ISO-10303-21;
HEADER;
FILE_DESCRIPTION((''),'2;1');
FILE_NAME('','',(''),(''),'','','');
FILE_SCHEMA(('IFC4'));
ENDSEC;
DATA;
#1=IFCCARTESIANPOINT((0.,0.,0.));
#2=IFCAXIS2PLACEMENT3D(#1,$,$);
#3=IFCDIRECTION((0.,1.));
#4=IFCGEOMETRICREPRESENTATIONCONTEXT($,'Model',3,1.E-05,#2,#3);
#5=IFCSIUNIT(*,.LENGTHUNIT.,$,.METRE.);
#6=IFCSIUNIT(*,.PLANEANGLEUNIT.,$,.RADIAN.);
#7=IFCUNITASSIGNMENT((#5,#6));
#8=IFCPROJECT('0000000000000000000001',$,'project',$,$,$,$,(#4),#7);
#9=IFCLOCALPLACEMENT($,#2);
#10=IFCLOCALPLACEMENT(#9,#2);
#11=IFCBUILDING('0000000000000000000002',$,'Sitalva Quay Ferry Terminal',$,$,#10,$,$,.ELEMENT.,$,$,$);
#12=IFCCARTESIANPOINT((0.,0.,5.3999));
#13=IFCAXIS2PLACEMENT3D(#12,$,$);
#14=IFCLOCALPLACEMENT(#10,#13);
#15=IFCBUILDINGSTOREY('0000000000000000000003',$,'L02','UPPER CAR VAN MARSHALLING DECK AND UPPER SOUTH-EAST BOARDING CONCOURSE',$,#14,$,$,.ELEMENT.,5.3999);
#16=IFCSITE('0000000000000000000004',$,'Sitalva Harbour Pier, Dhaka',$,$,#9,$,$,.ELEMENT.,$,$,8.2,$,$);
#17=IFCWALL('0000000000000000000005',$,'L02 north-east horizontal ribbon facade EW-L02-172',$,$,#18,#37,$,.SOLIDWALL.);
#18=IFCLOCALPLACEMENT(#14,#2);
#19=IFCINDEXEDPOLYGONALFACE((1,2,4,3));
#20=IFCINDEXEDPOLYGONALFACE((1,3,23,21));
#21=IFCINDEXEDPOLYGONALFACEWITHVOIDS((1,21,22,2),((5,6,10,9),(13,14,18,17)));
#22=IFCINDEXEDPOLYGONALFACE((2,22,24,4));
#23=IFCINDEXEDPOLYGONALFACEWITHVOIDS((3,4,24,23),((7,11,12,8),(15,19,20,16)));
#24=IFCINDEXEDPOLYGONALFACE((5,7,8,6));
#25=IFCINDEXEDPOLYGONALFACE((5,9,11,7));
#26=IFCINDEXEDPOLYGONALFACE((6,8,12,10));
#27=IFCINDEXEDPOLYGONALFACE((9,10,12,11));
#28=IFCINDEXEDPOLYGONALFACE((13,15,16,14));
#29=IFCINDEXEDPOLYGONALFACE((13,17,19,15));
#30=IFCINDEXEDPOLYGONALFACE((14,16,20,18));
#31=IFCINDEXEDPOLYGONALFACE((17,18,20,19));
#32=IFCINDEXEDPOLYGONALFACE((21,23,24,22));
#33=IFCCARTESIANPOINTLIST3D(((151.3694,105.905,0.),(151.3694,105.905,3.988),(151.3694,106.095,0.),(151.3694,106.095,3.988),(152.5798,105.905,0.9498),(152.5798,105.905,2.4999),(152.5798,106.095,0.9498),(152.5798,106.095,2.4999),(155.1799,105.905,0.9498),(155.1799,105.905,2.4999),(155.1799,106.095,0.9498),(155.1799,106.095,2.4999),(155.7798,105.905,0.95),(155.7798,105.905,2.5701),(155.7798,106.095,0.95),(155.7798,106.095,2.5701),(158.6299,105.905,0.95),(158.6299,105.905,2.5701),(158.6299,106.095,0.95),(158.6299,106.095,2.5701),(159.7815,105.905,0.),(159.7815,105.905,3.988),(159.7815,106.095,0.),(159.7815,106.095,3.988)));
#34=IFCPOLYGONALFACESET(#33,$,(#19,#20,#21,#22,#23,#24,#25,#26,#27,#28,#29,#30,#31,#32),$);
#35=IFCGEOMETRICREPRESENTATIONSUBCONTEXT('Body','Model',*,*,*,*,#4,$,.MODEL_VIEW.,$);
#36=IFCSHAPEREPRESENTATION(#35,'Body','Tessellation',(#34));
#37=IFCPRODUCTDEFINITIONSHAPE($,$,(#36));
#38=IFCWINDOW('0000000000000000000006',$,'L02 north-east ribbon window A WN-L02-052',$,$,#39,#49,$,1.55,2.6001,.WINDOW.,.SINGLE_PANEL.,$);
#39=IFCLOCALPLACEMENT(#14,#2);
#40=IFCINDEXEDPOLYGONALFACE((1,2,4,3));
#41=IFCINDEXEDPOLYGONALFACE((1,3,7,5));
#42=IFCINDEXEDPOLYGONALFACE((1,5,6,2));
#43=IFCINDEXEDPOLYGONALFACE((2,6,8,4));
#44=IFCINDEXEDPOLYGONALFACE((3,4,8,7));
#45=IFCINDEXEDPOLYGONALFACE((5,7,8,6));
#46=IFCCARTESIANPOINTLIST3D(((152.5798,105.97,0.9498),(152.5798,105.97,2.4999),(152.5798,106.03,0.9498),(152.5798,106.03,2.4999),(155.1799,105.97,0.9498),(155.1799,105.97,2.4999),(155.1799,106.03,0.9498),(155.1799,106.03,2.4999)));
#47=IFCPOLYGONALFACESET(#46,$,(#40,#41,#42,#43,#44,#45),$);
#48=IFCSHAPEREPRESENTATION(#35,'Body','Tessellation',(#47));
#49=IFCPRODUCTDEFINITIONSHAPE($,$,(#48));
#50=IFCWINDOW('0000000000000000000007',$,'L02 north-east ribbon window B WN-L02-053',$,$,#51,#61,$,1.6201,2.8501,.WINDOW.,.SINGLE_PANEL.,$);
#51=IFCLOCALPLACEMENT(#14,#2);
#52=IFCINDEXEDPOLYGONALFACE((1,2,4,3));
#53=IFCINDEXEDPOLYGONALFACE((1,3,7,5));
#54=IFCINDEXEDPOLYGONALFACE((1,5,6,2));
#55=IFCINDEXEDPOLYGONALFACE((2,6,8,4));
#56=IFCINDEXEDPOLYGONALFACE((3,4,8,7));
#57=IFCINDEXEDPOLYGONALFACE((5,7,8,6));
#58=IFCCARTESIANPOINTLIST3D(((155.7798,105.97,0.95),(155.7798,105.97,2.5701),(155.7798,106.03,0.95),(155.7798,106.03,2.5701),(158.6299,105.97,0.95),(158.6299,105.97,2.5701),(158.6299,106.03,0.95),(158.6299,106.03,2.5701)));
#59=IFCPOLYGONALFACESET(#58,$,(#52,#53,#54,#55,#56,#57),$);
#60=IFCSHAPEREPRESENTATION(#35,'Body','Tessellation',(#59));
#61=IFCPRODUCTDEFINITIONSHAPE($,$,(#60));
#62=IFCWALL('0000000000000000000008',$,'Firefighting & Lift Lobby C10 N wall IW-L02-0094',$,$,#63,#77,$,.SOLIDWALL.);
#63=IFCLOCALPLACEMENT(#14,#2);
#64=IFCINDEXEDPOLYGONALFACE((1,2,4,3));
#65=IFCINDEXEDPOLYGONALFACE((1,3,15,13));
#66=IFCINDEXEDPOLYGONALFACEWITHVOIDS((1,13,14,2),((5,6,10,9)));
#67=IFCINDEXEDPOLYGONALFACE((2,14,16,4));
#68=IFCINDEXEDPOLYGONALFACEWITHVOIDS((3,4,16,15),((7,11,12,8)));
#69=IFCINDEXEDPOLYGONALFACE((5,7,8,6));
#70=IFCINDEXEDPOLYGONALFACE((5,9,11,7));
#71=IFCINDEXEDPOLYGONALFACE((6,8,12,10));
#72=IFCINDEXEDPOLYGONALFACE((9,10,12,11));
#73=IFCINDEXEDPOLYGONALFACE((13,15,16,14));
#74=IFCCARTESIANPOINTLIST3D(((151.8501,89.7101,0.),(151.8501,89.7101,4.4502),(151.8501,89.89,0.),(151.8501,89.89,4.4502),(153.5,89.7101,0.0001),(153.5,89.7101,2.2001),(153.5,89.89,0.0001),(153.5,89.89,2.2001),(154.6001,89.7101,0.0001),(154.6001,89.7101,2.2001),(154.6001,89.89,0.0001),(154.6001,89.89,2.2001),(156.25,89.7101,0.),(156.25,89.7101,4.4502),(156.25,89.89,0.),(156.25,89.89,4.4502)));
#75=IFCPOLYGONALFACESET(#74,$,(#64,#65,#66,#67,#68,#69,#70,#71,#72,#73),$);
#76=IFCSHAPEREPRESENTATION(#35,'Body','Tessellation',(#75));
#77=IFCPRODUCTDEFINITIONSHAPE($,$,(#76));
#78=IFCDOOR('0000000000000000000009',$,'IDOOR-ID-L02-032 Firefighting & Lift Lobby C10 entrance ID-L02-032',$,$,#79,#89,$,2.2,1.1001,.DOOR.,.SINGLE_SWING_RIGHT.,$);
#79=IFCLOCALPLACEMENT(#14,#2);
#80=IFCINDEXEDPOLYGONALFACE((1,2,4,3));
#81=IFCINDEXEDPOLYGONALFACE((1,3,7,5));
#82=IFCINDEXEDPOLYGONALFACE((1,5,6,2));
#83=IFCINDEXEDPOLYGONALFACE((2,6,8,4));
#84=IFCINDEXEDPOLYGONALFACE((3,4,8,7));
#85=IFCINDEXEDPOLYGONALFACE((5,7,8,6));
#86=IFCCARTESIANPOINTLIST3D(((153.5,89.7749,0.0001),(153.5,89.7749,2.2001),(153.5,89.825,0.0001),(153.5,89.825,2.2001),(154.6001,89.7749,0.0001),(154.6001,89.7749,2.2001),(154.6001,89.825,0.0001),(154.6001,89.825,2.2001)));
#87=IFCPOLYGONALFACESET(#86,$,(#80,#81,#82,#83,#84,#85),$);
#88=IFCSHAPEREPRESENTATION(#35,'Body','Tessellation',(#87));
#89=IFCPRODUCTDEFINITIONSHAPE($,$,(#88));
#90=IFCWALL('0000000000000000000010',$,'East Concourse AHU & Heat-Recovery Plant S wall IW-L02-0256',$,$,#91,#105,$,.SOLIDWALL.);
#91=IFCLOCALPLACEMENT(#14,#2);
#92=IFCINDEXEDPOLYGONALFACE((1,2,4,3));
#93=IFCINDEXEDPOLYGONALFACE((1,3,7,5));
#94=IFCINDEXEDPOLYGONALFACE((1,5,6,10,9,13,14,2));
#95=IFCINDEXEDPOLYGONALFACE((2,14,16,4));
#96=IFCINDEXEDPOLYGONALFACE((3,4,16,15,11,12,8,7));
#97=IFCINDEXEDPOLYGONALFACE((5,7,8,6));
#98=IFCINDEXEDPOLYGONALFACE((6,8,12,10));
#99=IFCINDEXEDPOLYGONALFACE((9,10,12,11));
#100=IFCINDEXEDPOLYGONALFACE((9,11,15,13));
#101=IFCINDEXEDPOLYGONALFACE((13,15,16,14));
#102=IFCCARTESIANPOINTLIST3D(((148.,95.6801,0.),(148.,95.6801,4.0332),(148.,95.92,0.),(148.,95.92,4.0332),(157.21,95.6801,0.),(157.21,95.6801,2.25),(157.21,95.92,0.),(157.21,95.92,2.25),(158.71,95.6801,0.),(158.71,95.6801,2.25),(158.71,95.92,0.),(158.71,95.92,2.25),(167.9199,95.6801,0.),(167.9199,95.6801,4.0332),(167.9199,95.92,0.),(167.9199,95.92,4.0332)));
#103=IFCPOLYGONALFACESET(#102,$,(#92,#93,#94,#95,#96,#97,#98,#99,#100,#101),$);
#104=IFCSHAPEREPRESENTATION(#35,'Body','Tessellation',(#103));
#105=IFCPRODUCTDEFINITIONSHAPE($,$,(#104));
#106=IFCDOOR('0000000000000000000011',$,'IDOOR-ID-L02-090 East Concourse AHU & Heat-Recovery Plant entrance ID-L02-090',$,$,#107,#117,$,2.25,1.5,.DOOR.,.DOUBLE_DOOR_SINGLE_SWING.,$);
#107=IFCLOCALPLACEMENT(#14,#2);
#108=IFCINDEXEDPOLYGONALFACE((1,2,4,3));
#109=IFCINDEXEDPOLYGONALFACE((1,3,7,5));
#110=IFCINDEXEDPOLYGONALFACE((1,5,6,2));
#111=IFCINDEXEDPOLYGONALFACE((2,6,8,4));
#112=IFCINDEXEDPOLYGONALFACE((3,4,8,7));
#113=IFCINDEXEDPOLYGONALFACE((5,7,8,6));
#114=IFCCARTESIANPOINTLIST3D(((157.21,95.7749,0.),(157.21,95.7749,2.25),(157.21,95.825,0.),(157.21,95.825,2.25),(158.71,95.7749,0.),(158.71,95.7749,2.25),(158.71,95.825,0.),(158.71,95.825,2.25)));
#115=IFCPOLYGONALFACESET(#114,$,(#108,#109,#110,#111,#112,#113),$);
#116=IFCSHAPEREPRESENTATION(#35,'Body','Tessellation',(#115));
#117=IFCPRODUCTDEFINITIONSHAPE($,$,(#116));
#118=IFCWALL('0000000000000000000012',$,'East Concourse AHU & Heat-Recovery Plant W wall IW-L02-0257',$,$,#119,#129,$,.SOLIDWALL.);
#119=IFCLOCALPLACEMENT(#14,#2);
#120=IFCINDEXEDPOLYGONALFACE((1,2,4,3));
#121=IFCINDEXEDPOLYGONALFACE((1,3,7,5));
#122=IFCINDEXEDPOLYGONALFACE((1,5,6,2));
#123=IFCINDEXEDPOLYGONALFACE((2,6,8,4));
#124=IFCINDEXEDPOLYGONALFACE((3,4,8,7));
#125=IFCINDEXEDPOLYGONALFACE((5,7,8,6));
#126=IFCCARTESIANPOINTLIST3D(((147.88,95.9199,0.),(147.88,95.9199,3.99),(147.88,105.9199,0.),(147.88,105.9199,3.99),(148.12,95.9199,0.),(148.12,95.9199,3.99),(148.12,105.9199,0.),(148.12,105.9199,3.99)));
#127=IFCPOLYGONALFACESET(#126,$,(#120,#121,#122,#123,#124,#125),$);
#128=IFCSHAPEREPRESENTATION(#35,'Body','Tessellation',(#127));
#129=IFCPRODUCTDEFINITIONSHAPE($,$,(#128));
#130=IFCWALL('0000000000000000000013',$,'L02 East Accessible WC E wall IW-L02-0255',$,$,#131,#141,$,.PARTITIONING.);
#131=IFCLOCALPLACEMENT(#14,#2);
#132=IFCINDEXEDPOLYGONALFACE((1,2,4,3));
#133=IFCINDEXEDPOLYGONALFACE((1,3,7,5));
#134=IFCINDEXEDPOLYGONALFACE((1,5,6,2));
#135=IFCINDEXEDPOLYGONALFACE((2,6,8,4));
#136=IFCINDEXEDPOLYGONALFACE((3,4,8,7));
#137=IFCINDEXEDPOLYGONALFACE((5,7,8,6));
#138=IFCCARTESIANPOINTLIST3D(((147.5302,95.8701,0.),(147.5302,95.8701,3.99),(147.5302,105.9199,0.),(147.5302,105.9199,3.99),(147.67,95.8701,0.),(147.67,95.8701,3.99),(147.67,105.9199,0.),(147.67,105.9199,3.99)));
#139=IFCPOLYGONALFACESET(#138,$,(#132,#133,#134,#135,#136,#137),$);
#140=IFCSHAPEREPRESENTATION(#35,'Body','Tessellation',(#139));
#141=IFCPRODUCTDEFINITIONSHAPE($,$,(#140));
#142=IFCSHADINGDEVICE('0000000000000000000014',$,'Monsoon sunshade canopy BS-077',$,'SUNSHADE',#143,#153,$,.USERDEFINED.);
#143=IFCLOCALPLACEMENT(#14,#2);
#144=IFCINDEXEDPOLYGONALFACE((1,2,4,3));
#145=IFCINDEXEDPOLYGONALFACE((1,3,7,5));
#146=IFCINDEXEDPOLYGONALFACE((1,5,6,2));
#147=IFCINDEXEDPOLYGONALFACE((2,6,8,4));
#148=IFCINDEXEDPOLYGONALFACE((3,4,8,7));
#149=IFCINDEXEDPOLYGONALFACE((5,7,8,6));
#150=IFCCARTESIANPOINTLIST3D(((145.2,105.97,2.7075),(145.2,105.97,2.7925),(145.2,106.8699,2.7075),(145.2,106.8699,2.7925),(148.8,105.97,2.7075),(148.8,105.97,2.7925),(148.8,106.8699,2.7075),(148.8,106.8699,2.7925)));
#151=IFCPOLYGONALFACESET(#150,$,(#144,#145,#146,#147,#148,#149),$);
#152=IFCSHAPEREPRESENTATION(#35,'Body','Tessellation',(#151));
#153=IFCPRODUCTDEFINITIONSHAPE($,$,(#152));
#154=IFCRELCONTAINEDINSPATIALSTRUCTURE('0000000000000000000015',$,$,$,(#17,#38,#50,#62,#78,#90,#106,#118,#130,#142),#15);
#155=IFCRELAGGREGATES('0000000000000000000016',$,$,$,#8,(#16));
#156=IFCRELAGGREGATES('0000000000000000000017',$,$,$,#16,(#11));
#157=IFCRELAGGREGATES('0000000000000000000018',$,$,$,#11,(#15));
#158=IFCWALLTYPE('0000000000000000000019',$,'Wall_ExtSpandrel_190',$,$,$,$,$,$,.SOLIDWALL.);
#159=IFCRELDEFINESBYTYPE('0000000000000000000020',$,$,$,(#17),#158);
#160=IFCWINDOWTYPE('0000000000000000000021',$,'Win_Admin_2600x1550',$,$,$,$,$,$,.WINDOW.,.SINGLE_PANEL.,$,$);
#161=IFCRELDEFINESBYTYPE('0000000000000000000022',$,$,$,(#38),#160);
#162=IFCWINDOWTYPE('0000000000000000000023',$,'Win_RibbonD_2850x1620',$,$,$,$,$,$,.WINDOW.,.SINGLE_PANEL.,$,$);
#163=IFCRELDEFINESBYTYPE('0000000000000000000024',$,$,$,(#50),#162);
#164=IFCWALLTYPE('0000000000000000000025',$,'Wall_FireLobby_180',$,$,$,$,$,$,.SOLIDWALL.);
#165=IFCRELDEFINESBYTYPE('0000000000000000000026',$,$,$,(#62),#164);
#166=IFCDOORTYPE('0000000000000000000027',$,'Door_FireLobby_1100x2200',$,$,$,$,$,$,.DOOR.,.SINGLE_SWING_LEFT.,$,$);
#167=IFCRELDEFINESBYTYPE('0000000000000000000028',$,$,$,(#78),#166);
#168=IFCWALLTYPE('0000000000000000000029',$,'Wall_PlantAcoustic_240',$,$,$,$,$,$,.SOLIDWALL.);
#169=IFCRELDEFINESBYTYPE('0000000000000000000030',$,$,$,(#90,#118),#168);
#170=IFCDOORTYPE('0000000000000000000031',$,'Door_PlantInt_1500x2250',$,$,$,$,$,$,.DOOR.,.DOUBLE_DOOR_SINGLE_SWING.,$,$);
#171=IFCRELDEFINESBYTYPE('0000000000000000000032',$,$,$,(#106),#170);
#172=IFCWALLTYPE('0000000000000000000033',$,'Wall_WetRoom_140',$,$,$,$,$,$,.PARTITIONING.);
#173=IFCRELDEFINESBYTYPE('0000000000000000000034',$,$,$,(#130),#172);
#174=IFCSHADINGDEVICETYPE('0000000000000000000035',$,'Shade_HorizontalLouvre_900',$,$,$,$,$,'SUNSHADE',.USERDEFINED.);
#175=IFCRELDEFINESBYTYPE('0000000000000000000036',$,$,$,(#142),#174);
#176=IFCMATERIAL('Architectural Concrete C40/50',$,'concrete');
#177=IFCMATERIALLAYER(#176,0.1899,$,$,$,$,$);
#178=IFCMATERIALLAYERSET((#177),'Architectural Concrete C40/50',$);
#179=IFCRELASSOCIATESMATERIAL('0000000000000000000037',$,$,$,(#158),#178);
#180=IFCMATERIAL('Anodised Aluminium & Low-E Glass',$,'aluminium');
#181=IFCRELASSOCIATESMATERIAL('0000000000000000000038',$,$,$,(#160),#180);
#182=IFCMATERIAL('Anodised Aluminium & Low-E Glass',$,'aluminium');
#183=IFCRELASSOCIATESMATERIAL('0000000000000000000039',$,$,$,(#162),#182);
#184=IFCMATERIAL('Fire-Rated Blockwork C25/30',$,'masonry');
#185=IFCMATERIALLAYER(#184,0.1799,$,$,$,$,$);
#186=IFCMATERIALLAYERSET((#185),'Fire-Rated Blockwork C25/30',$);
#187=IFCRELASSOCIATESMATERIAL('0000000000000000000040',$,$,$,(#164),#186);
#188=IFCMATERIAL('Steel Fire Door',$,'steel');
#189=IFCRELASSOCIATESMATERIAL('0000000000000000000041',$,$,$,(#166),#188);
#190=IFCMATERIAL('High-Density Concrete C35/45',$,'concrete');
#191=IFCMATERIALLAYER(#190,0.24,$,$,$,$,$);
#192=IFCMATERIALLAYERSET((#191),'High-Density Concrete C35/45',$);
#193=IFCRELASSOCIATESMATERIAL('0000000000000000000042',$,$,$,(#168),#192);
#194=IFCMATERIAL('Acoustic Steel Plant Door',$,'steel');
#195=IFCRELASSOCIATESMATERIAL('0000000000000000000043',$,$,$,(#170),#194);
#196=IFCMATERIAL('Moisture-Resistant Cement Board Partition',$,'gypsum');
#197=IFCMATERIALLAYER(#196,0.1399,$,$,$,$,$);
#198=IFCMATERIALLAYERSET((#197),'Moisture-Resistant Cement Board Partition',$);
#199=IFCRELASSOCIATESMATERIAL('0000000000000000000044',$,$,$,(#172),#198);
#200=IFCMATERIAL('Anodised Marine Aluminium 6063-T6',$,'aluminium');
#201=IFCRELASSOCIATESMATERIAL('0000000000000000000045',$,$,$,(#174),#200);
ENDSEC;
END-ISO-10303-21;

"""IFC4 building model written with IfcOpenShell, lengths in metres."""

from ifc_helpers import new_model, si_unit, direction, frame, frame_2d, origin, origin_2d, place, context, subcontext, project, spatial, rectangle, extrude, material, layer, layer_set, type_object, element, fill, save


model = new_model("IFC4")

# Units and contexts
model_context = context("Model", 3, precision=1e-05, world=origin(), true_north=direction((0.0, 1.0)))
body_context = subcontext(model_context, "Body", "Model", "MODEL_VIEW")
ifc_project = project(units=[si_unit("LENGTHUNIT", "METRE"), si_unit("PLANEANGLEUNIT", "RADIAN")], contexts=[model_context])

# Site, building, storey
site_placement = place(None, origin())
site = spatial("IfcSite", under=ifc_project, at=site_placement, Name="Sitalva Harbour Pier, Dhaka", CompositionType="ELEMENT", RefElevation=8.2)
building_placement = place(site_placement, origin())
building = spatial("IfcBuilding", under=site, at=building_placement, Name="Sitalva Quay Ferry Terminal", CompositionType="ELEMENT")
storey_placement = place(building_placement, frame((0.0, 0.0, 5.3999)))
storey = spatial("IfcBuildingStorey", under=building, at=storey_placement, Name="L02", Description="UPPER CAR VAN MARSHALLING DECK AND UPPER SOUTH-EAST BOARDING CONCOURSE", CompositionType="ELEMENT", Elevation=5.3999)

# Wall, openings, windows
ifc_material_1 = material(Name="Architectural Concrete C40/50", Category="concrete")
ifc_layer_1 = layer(ifc_material_1, 0.1899)
ifc_layer_set_1 = layer_set([ifc_layer_1], Name="Architectural Concrete C40/50")
wall_type_1 = type_object("IfcWallType", Name="Wall_ExtSpandrel_190", PredefinedType="SOLIDWALL", material=ifc_layer_set_1)
ifc_material_2 = material(Name="Anodised Aluminium & Low-E Glass", Category="aluminium")
window_type_1 = type_object("IfcWindowType", Name="Win_Admin_2600x1550", PartitioningType="SINGLE_PANEL", PredefinedType="WINDOW", material=ifc_material_2)
ifc_material_3 = material(Name="Anodised Aluminium & Low-E Glass", Category="aluminium")
window_type_2 = type_object("IfcWindowType", Name="Win_RibbonD_2850x1620", PartitioningType="SINGLE_PANEL", PredefinedType="WINDOW", material=ifc_material_3)
wall_1_placement = place(storey_placement, frame((151.3694, 106.0, 0.0), z_axis=(0.0, 0.0, 1.0), x_axis=(1.0, 0.0, 0.0)))
wall_1 = element("IfcWall", 1, at=wall_1_placement, inside=storey, type_object=wall_type_1, Name="L02 north-east horizontal ribbon facade EW-L02-172", PredefinedType="SOLIDWALL", context=body_context, shape_type="SweptSolid", body=[
    extrude(rectangle(XDim=8.4121, YDim=0.1899, at=frame_2d((4.2061, 0.0))), origin(), (0.0, 0.0, 1.0), 3.988),
])
opening_1_placement = place(wall_1_placement, frame((1.2104, 0.0, 0.95)))
opening_1 = element("IfcOpeningElement", 2, at=opening_1_placement, cuts=wall_1, PredefinedType="OPENING", context=body_context, shape_type="SweptSolid", body=[
    extrude(rectangle(XDim=2.6001, YDim=1.55, at=frame_2d((1.3, 0.7749))), frame((0.0, 0.105, 0.0), z_axis=(0.0, -1.0, 0.0), x_axis=(1.0, 0.0, 0.0)), (0.0, 0.0, 1.0), 0.21),
])
opening_2_placement = place(wall_1_placement, frame((4.4104, 0.0, 0.95)))
opening_2 = element("IfcOpeningElement", 3, at=opening_2_placement, cuts=wall_1, PredefinedType="OPENING", context=body_context, shape_type="SweptSolid", body=[
    extrude(rectangle(XDim=2.8501, YDim=1.6201, at=frame_2d((1.425, 0.8101))), frame((0.0, 0.105, 0.0), z_axis=(0.0, -1.0, 0.0), x_axis=(1.0, 0.0, 0.0)), (0.0, 0.0, 1.0), 0.21),
])
window_1_placement = place(opening_1_placement, origin())
window_1 = element("IfcWindow", 4, at=window_1_placement, inside=storey, type_object=window_type_1, Name="L02 north-east ribbon window A WN-L02-052", OverallHeight=1.55, OverallWidth=2.6001, PartitioningType="SINGLE_PANEL", PredefinedType="WINDOW", context=body_context, shape_type="SweptSolid", body=[
    extrude(rectangle(XDim=2.6001, YDim=1.55, at=frame_2d((1.3, 0.7749))), frame((0.0, 0.03, 0.0), z_axis=(0.0, -1.0, 0.0), x_axis=(1.0, 0.0, 0.0)), (0.0, 0.0, 1.0), 0.0601),
])
fill(opening_1, window_1)
window_2_placement = place(opening_2_placement, origin())
window_2 = element("IfcWindow", 5, at=window_2_placement, inside=storey, type_object=window_type_2, Name="L02 north-east ribbon window B WN-L02-053", OverallHeight=1.6201, OverallWidth=2.8501, PartitioningType="SINGLE_PANEL", PredefinedType="WINDOW", context=body_context, shape_type="SweptSolid", body=[
    extrude(rectangle(XDim=2.8501, YDim=1.6201, at=frame_2d((1.425, 0.8101))), frame((0.0, 0.03, 0.0), z_axis=(0.0, -1.0, 0.0), x_axis=(1.0, 0.0, 0.0)), (0.0, 0.0, 1.0), 0.0601),
])
fill(opening_2, window_2)

# Walls, openings, doors
ifc_material_4 = material(Name="Fire-Rated Blockwork C25/30", Category="masonry")
ifc_layer_2 = layer(ifc_material_4, 0.1799)
ifc_layer_set_2 = layer_set([ifc_layer_2], Name="Fire-Rated Blockwork C25/30")
wall_type_2 = type_object("IfcWallType", Name="Wall_FireLobby_180", PredefinedType="SOLIDWALL", material=ifc_layer_set_2)
wall_2_placement = place(storey_placement, frame((151.8501, 89.8, 0.0), z_axis=(0.0, 0.0, 1.0), x_axis=(1.0, 0.0, 0.0)))
wall_2 = element("IfcWall", 6, at=wall_2_placement, inside=storey, type_object=wall_type_2, Name="Firefighting & Lift Lobby C10 N wall IW-L02-0094", PredefinedType="SOLIDWALL", context=body_context, shape_type="SweptSolid", body=[
    extrude(rectangle(XDim=4.3999, YDim=0.1799, at=frame_2d((2.2, 0.0))), origin(), (0.0, 0.0, 1.0), 4.4502),
])
opening_3_placement = place(wall_2_placement, frame((1.6499, 0.0, 0.0)))
opening_3 = element("IfcOpeningElement", 7, at=opening_3_placement, cuts=wall_2, PredefinedType="OPENING", context=body_context, shape_type="SweptSolid", body=[
    extrude(rectangle(XDim=1.1001, YDim=2.2, at=frame_2d((0.55, 1.1001))), frame((0.0, 0.0999, 0.0), z_axis=(0.0, -1.0, 0.0), x_axis=(1.0, 0.0, 0.0)), (0.0, 0.0, 1.0), 0.2),
])
ifc_material_5 = material(Name="Steel Fire Door", Category="steel")
door_type_1 = type_object("IfcDoorType", Name="Door_FireLobby_1100x2200", OperationType="SINGLE_SWING_LEFT", PredefinedType="DOOR", material=ifc_material_5)
door_1_placement = place(opening_3_placement, origin())
door_1 = element("IfcDoor", 8, at=door_1_placement, inside=storey, type_object=door_type_1, Name="IDOOR-ID-L02-032 Firefighting & Lift Lobby C10 entrance ID-L02-032", OperationType="SINGLE_SWING_RIGHT", OverallHeight=2.2, OverallWidth=1.1001, PredefinedType="DOOR", context=body_context, shape_type="SweptSolid", body=[
    extrude(rectangle(XDim=1.1001, YDim=2.2, at=frame_2d((0.55, 1.1001))), frame((0.0, 0.0249, 0.0), z_axis=(0.0, -1.0, 0.0), x_axis=(1.0, 0.0, 0.0)), (0.0, 0.0, 1.0), 0.05),
])
fill(opening_3, door_1)
ifc_material_6 = material(Name="High-Density Concrete C35/45", Category="concrete")
ifc_layer_3 = layer(ifc_material_6, 0.24)
ifc_layer_set_3 = layer_set([ifc_layer_3], Name="High-Density Concrete C35/45")
wall_type_3 = type_object("IfcWallType", Name="Wall_PlantAcoustic_240", PredefinedType="SOLIDWALL", material=ifc_layer_set_3)
wall_3_placement = place(storey_placement, frame((148.0, 95.8, 0.0), z_axis=(0.0, 0.0, 1.0), x_axis=(1.0, 0.0, 0.0)))
wall_3 = element("IfcWall", 9, at=wall_3_placement, inside=storey, type_object=wall_type_3, Name="East Concourse AHU & Heat-Recovery Plant S wall IW-L02-0256", PredefinedType="SOLIDWALL", context=body_context, shape_type="SweptSolid", body=[
    extrude(rectangle(XDim=19.9199, YDim=0.24, at=frame_2d((9.96, 0.0))), origin(), (0.0, 0.0, 1.0), 4.0332),
])
opening_4_placement = place(wall_3_placement, frame((9.21, 0.0, 0.0)))
opening_4 = element("IfcOpeningElement", 10, at=opening_4_placement, cuts=wall_3, PredefinedType="OPENING", context=body_context, shape_type="SweptSolid", body=[
    extrude(rectangle(XDim=1.5, YDim=2.25, at=frame_2d((0.75, 1.125))), frame((0.0, 0.1299, 0.0), z_axis=(0.0, -1.0, 0.0), x_axis=(1.0, 0.0, 0.0)), (0.0, 0.0, 1.0), 0.26),
])
ifc_material_7 = material(Name="Acoustic Steel Plant Door", Category="steel")
door_type_2 = type_object("IfcDoorType", Name="Door_PlantInt_1500x2250", OperationType="DOUBLE_DOOR_SINGLE_SWING", PredefinedType="DOOR", material=ifc_material_7)
door_2_placement = place(opening_4_placement, origin())
door_2 = element("IfcDoor", 11, at=door_2_placement, inside=storey, type_object=door_type_2, Name="IDOOR-ID-L02-090 East Concourse AHU & Heat-Recovery Plant entrance ID-L02-090", OperationType="DOUBLE_DOOR_SINGLE_SWING", OverallHeight=2.25, OverallWidth=1.5, PredefinedType="DOOR", context=body_context, shape_type="SweptSolid", body=[
    extrude(rectangle(XDim=1.5, YDim=2.25, at=frame_2d((0.75, 1.125))), frame((0.0, 0.0249, 0.0), z_axis=(0.0, -1.0, 0.0), x_axis=(1.0, 0.0, 0.0)), (0.0, 0.0, 1.0), 0.05),
])
fill(opening_4, door_2)

# Walls
wall_4_placement = place(storey_placement, frame((148.0, 95.9199, 0.0), z_axis=(0.0, 0.0, 1.0), x_axis=(0.0, 1.0, 0.0)))
element("IfcWall", 12, at=wall_4_placement, inside=storey, type_object=wall_type_3, Name="East Concourse AHU & Heat-Recovery Plant W wall IW-L02-0257", PredefinedType="SOLIDWALL", context=body_context, shape_type="SweptSolid", body=[
    extrude(rectangle(XDim=10.0, YDim=0.24, at=frame_2d((5.0, 0.0))), origin(), (0.0, 0.0, 1.0), 3.99),
])
ifc_material_8 = material(Name="Moisture-Resistant Cement Board Partition", Category="gypsum")
ifc_layer_4 = layer(ifc_material_8, 0.1399)
ifc_layer_set_4 = layer_set([ifc_layer_4], Name="Moisture-Resistant Cement Board Partition")
wall_type_4 = type_object("IfcWallType", Name="Wall_WetRoom_140", PredefinedType="PARTITIONING", material=ifc_layer_set_4)
wall_5_placement = place(storey_placement, frame((147.6001, 95.8701, 0.0), z_axis=(0.0, 0.0, 1.0), x_axis=(0.0, 1.0, 0.0)))
element("IfcWall", 13, at=wall_5_placement, inside=storey, type_object=wall_type_4, Name="L02 East Accessible WC E wall IW-L02-0255", PredefinedType="PARTITIONING", context=body_context, shape_type="SweptSolid", body=[
    extrude(rectangle(XDim=10.0498, YDim=0.1399, at=frame_2d((5.0249, 0.0))), origin(), (0.0, 0.0, 1.0), 3.99),
])

# Shading device
ifc_material_9 = material(Name="Anodised Marine Aluminium 6063-T6", Category="aluminium")
shading_device_type_1 = type_object("IfcShadingDeviceType", Name="Shade_HorizontalLouvre_900", ElementType="SUNSHADE", PredefinedType="USERDEFINED", material=ifc_material_9)
shading_device_placement = place(storey_placement, frame((147.0, 106.4199, 2.7075), z_axis=(0.0, 0.0, 1.0), x_axis=(1.0, 0.0, 0.0)))
element("IfcShadingDevice", 14, at=shading_device_placement, inside=storey, type_object=shading_device_type_1, Name="Monsoon sunshade canopy BS-077", ObjectType="SUNSHADE", PredefinedType="USERDEFINED", context=body_context, shape_type="SweptSolid", body=[
    extrude(rectangle(XDim=3.6001, YDim=0.8999, at=origin_2d()), origin(), (0.0, 0.0, 1.0), 0.085),
])

save(model, "model.ifc")
